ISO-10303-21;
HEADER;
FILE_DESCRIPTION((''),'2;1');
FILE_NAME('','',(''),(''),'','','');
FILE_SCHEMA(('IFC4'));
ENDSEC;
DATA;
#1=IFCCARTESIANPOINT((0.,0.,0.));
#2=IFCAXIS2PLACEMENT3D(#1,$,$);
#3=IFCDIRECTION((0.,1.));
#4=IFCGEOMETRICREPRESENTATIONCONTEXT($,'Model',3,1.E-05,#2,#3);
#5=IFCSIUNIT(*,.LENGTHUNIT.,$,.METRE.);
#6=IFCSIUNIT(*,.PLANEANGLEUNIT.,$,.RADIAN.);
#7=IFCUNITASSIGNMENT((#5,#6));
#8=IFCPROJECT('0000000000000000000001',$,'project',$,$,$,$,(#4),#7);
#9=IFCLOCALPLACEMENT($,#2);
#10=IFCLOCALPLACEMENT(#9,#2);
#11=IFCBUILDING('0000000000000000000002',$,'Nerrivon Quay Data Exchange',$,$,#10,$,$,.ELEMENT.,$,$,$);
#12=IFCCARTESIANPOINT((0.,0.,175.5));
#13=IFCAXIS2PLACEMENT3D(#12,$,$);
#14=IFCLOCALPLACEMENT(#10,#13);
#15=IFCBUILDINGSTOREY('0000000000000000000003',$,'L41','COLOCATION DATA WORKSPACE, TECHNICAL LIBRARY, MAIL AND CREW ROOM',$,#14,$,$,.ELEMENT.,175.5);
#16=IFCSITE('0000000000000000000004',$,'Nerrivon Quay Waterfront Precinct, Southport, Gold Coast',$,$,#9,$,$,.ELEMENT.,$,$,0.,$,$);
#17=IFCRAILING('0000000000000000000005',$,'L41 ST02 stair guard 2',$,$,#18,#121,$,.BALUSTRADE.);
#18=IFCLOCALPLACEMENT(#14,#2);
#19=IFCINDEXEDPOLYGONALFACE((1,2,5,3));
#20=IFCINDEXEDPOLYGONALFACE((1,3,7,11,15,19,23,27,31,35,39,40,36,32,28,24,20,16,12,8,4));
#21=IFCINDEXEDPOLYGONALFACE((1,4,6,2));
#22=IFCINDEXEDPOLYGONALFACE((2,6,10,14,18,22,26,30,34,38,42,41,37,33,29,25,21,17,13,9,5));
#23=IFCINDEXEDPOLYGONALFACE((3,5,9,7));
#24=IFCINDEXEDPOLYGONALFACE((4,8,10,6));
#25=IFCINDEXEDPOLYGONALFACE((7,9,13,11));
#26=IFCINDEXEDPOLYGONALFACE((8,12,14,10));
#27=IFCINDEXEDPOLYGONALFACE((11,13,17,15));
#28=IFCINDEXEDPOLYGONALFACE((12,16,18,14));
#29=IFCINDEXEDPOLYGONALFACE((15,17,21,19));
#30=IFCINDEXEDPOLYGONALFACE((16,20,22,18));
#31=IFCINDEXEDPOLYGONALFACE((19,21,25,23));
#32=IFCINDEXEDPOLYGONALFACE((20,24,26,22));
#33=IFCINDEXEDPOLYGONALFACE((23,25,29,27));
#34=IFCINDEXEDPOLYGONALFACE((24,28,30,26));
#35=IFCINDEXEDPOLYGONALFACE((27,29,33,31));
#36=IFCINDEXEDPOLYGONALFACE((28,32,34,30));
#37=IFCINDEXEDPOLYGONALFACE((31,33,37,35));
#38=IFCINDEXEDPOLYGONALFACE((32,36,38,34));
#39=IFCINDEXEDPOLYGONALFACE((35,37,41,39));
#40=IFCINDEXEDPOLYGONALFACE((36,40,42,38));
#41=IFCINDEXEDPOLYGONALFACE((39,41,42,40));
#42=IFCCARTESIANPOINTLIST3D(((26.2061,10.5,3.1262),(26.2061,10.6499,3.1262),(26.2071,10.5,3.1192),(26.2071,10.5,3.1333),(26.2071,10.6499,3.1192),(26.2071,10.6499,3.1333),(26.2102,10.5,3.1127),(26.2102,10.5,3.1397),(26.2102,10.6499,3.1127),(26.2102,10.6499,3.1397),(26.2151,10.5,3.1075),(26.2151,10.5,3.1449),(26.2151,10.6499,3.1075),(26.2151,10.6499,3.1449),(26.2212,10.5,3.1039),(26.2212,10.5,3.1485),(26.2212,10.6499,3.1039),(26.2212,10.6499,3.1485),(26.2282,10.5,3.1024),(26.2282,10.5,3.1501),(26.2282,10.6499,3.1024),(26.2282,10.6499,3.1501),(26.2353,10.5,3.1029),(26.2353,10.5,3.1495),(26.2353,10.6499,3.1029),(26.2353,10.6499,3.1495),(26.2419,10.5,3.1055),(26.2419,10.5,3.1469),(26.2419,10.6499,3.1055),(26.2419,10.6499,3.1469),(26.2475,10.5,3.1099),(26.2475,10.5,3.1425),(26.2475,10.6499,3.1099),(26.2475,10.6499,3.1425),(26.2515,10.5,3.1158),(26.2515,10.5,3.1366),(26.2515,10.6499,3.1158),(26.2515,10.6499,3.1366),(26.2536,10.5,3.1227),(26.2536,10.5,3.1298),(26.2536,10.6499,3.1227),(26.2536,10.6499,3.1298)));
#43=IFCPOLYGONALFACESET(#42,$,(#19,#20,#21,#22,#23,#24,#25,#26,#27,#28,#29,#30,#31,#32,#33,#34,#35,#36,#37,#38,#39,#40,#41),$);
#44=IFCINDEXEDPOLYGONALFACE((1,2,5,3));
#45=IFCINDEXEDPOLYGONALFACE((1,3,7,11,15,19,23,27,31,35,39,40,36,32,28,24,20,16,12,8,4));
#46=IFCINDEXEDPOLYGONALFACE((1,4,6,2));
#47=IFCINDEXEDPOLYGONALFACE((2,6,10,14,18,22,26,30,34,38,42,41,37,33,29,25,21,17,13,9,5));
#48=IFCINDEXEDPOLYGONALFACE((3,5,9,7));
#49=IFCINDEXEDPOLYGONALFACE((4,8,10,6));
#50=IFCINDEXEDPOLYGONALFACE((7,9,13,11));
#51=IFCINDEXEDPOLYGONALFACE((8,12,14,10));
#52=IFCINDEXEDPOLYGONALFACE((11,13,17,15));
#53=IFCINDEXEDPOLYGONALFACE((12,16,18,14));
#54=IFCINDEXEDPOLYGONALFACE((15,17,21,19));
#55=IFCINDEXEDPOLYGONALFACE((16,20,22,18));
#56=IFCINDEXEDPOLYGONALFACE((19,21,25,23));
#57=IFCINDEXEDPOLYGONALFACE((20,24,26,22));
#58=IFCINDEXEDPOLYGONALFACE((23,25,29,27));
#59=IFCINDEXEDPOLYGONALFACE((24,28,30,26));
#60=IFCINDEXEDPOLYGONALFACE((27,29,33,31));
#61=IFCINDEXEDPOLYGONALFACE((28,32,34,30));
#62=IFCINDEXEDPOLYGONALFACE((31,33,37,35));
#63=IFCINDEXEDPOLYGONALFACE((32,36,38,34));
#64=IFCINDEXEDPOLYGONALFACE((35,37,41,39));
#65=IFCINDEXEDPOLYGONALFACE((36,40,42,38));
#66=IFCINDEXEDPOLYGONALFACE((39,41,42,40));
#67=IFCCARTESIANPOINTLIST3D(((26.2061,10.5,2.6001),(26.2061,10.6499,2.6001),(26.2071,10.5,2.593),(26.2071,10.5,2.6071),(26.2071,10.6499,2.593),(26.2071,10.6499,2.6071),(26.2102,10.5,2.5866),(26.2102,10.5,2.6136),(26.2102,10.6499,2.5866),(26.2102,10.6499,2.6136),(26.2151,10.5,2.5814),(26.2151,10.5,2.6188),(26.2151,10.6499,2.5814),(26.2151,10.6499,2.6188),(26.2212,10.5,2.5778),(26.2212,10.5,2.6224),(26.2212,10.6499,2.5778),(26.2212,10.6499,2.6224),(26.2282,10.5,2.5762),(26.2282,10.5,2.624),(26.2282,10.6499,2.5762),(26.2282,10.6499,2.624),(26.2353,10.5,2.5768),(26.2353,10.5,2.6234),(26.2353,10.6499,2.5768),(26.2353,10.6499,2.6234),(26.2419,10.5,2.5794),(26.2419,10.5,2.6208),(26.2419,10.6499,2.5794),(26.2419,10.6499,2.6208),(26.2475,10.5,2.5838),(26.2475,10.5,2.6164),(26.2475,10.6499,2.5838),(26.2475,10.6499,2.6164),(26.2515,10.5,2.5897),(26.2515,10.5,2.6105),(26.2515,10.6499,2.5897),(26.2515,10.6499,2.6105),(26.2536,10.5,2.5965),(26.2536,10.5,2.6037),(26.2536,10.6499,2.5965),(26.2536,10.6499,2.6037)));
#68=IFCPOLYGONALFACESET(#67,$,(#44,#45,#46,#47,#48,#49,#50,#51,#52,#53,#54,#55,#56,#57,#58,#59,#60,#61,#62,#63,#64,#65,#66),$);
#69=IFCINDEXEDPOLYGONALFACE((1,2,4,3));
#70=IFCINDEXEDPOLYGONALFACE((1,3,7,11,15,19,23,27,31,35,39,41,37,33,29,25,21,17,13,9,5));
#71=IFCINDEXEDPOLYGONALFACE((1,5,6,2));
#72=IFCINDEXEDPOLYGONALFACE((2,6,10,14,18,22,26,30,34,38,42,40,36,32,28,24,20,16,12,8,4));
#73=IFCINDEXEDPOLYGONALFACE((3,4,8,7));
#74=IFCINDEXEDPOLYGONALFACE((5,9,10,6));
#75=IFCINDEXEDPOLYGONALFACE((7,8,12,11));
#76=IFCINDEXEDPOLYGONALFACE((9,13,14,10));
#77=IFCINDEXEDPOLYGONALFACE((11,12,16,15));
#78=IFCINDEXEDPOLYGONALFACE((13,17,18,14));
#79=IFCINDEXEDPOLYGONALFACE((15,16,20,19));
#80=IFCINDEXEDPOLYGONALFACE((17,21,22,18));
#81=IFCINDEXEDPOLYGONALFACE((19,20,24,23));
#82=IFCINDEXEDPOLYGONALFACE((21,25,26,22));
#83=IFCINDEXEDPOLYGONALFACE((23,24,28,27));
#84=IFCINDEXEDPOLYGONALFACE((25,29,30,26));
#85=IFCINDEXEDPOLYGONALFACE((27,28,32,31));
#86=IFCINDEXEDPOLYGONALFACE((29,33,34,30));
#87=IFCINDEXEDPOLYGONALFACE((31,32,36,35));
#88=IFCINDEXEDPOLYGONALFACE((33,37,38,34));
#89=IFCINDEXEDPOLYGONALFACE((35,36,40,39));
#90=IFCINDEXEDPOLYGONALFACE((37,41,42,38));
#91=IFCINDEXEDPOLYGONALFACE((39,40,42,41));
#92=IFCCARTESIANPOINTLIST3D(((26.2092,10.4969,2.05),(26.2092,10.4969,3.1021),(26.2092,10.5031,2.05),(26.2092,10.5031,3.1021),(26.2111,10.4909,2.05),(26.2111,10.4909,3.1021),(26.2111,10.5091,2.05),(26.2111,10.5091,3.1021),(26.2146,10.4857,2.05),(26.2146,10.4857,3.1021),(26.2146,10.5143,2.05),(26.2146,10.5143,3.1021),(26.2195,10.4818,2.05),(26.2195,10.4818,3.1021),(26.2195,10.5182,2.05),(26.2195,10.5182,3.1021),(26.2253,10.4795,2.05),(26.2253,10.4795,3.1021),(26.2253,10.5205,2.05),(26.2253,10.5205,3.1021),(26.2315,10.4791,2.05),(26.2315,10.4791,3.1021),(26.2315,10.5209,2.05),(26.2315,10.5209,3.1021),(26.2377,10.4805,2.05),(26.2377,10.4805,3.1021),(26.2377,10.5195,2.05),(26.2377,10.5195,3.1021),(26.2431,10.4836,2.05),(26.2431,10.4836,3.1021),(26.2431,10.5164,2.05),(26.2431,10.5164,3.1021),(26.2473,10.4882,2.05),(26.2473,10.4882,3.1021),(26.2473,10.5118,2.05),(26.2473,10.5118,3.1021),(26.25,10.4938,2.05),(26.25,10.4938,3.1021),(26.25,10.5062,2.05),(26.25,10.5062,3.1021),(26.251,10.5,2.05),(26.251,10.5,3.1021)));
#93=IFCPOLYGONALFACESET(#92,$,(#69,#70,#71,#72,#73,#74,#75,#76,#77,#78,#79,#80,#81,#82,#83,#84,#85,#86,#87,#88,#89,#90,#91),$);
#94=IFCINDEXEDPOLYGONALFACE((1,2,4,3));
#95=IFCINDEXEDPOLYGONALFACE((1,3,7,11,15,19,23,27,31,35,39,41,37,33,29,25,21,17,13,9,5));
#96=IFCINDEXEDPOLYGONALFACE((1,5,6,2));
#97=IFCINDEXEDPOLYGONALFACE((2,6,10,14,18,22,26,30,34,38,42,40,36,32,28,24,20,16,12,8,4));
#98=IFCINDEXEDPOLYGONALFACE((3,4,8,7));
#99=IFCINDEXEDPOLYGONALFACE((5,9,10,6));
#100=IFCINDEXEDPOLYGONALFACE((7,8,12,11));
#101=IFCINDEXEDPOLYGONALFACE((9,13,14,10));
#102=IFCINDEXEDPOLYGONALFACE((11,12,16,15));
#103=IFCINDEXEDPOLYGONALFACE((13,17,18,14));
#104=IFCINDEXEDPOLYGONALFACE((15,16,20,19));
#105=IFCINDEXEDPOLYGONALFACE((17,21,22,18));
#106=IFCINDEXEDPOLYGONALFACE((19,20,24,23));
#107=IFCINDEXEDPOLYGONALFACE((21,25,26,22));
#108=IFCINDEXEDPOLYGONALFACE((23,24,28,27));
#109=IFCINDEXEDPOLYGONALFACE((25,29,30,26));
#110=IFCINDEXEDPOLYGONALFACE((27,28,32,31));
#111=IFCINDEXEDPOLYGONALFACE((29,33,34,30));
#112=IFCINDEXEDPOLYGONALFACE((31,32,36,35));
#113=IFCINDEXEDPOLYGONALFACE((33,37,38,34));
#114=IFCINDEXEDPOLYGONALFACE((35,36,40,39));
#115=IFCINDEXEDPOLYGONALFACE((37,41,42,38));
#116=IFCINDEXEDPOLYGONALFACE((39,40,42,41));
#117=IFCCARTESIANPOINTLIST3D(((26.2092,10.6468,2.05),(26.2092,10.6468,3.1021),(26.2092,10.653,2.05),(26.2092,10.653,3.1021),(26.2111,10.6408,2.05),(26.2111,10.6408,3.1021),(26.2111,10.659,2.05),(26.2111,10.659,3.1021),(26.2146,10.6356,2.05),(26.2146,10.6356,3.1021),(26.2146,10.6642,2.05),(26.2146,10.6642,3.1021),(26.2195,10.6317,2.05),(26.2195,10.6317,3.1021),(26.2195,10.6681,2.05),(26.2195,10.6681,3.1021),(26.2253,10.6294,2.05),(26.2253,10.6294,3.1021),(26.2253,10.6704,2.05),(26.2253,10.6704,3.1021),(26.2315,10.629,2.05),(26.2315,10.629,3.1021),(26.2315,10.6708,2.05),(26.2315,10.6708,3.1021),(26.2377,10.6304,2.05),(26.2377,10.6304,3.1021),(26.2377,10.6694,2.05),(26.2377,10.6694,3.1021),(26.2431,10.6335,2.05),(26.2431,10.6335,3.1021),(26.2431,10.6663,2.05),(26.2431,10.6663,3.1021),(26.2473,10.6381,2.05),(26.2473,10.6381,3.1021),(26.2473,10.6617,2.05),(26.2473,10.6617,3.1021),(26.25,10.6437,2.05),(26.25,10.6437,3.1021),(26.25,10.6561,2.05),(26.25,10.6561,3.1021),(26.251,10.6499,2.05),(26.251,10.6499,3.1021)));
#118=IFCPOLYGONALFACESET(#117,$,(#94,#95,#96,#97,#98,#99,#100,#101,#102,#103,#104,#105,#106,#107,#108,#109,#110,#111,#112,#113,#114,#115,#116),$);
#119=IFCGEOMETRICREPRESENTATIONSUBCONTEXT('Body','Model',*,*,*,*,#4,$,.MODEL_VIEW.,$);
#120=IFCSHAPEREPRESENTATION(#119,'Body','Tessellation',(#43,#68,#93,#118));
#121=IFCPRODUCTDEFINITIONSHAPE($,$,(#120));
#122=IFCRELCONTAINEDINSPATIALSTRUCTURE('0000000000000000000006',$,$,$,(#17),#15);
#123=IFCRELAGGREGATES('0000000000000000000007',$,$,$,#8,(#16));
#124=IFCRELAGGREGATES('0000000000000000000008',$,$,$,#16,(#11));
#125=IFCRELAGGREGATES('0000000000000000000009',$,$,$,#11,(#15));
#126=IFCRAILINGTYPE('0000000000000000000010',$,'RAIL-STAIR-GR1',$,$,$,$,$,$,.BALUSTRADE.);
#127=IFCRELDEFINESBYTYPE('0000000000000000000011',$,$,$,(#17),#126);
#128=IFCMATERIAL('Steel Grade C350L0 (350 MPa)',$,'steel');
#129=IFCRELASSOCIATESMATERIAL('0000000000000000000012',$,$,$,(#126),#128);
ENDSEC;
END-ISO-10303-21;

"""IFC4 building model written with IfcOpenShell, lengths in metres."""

from ifc_helpers import new_model, si_unit, direction, frame, origin, origin_2d, place, context, subcontext, project, spatial, circle, extrude, material, type_object, element, save


model = new_model("IFC4")

# Units and contexts
model_context = context("Model", 3, precision=1e-05, world=origin(), true_north=direction((0.0, 1.0)))
body_context = subcontext(model_context, "Body", "Model", "MODEL_VIEW")
ifc_project = project(units=[si_unit("LENGTHUNIT", "METRE"), si_unit("PLANEANGLEUNIT", "RADIAN")], contexts=[model_context])

# Site, building, storey
site_placement = place(None, origin())
site = spatial("IfcSite", under=ifc_project, at=site_placement, Name="Nerrivon Quay Waterfront Precinct, Southport, Gold Coast", CompositionType="ELEMENT", RefElevation=0.0)
building_placement = place(site_placement, origin())
building = spatial("IfcBuilding", under=site, at=building_placement, Name="Nerrivon Quay Data Exchange", CompositionType="ELEMENT")
storey_placement = place(building_placement, frame((0.0, 0.0, 175.5)))
storey = spatial("IfcBuildingStorey", under=building, at=storey_placement, Name="L41", Description="COLOCATION DATA WORKSPACE, TECHNICAL LIBRARY, MAIL AND CREW ROOM", CompositionType="ELEMENT", Elevation=175.5)

# Railing
ifc_material_1 = material(Name="Steel Grade C350L0 (350 MPa)", Category="steel")
railing_type_1 = type_object("IfcRailingType", Name="RAIL-STAIR-GR1", PredefinedType="BALUSTRADE", material=ifc_material_1)
railing_1_placement = place(storey_placement, frame((26.23, 10.5, 2.05)))
element("IfcRailing", 1, at=railing_1_placement, inside=storey, type_object=railing_type_1, Name="L41 ST02 stair guard 2", PredefinedType="BALUSTRADE", context=body_context, shape_type="SweptSolid", body=[
    extrude(circle(Radius=0.0239, at=origin_2d()), frame((0.0, 0.0, 1.0762), z_axis=(0.0, 1.0, 0.0), x_axis=(-1.0, 0.0, 0.0)), (0.0, 0.0, 1.0), 0.1499),
    extrude(circle(Radius=0.0239, at=origin_2d()), frame((0.0, 0.0, 0.55), z_axis=(0.0, 1.0, 0.0), x_axis=(-1.0, 0.0, 0.0)), (0.0, 0.0, 1.0), 0.1499),
    extrude(circle(Radius=0.021, at=origin_2d()), origin(), (0.0, 0.0, 1.0), 1.052),
    extrude(circle(Radius=0.021, at=origin_2d()), frame((0.0, 0.1499, 0.0)), (0.0, 0.0, 1.0), 1.052),
])

save(model, "model.ifc")
